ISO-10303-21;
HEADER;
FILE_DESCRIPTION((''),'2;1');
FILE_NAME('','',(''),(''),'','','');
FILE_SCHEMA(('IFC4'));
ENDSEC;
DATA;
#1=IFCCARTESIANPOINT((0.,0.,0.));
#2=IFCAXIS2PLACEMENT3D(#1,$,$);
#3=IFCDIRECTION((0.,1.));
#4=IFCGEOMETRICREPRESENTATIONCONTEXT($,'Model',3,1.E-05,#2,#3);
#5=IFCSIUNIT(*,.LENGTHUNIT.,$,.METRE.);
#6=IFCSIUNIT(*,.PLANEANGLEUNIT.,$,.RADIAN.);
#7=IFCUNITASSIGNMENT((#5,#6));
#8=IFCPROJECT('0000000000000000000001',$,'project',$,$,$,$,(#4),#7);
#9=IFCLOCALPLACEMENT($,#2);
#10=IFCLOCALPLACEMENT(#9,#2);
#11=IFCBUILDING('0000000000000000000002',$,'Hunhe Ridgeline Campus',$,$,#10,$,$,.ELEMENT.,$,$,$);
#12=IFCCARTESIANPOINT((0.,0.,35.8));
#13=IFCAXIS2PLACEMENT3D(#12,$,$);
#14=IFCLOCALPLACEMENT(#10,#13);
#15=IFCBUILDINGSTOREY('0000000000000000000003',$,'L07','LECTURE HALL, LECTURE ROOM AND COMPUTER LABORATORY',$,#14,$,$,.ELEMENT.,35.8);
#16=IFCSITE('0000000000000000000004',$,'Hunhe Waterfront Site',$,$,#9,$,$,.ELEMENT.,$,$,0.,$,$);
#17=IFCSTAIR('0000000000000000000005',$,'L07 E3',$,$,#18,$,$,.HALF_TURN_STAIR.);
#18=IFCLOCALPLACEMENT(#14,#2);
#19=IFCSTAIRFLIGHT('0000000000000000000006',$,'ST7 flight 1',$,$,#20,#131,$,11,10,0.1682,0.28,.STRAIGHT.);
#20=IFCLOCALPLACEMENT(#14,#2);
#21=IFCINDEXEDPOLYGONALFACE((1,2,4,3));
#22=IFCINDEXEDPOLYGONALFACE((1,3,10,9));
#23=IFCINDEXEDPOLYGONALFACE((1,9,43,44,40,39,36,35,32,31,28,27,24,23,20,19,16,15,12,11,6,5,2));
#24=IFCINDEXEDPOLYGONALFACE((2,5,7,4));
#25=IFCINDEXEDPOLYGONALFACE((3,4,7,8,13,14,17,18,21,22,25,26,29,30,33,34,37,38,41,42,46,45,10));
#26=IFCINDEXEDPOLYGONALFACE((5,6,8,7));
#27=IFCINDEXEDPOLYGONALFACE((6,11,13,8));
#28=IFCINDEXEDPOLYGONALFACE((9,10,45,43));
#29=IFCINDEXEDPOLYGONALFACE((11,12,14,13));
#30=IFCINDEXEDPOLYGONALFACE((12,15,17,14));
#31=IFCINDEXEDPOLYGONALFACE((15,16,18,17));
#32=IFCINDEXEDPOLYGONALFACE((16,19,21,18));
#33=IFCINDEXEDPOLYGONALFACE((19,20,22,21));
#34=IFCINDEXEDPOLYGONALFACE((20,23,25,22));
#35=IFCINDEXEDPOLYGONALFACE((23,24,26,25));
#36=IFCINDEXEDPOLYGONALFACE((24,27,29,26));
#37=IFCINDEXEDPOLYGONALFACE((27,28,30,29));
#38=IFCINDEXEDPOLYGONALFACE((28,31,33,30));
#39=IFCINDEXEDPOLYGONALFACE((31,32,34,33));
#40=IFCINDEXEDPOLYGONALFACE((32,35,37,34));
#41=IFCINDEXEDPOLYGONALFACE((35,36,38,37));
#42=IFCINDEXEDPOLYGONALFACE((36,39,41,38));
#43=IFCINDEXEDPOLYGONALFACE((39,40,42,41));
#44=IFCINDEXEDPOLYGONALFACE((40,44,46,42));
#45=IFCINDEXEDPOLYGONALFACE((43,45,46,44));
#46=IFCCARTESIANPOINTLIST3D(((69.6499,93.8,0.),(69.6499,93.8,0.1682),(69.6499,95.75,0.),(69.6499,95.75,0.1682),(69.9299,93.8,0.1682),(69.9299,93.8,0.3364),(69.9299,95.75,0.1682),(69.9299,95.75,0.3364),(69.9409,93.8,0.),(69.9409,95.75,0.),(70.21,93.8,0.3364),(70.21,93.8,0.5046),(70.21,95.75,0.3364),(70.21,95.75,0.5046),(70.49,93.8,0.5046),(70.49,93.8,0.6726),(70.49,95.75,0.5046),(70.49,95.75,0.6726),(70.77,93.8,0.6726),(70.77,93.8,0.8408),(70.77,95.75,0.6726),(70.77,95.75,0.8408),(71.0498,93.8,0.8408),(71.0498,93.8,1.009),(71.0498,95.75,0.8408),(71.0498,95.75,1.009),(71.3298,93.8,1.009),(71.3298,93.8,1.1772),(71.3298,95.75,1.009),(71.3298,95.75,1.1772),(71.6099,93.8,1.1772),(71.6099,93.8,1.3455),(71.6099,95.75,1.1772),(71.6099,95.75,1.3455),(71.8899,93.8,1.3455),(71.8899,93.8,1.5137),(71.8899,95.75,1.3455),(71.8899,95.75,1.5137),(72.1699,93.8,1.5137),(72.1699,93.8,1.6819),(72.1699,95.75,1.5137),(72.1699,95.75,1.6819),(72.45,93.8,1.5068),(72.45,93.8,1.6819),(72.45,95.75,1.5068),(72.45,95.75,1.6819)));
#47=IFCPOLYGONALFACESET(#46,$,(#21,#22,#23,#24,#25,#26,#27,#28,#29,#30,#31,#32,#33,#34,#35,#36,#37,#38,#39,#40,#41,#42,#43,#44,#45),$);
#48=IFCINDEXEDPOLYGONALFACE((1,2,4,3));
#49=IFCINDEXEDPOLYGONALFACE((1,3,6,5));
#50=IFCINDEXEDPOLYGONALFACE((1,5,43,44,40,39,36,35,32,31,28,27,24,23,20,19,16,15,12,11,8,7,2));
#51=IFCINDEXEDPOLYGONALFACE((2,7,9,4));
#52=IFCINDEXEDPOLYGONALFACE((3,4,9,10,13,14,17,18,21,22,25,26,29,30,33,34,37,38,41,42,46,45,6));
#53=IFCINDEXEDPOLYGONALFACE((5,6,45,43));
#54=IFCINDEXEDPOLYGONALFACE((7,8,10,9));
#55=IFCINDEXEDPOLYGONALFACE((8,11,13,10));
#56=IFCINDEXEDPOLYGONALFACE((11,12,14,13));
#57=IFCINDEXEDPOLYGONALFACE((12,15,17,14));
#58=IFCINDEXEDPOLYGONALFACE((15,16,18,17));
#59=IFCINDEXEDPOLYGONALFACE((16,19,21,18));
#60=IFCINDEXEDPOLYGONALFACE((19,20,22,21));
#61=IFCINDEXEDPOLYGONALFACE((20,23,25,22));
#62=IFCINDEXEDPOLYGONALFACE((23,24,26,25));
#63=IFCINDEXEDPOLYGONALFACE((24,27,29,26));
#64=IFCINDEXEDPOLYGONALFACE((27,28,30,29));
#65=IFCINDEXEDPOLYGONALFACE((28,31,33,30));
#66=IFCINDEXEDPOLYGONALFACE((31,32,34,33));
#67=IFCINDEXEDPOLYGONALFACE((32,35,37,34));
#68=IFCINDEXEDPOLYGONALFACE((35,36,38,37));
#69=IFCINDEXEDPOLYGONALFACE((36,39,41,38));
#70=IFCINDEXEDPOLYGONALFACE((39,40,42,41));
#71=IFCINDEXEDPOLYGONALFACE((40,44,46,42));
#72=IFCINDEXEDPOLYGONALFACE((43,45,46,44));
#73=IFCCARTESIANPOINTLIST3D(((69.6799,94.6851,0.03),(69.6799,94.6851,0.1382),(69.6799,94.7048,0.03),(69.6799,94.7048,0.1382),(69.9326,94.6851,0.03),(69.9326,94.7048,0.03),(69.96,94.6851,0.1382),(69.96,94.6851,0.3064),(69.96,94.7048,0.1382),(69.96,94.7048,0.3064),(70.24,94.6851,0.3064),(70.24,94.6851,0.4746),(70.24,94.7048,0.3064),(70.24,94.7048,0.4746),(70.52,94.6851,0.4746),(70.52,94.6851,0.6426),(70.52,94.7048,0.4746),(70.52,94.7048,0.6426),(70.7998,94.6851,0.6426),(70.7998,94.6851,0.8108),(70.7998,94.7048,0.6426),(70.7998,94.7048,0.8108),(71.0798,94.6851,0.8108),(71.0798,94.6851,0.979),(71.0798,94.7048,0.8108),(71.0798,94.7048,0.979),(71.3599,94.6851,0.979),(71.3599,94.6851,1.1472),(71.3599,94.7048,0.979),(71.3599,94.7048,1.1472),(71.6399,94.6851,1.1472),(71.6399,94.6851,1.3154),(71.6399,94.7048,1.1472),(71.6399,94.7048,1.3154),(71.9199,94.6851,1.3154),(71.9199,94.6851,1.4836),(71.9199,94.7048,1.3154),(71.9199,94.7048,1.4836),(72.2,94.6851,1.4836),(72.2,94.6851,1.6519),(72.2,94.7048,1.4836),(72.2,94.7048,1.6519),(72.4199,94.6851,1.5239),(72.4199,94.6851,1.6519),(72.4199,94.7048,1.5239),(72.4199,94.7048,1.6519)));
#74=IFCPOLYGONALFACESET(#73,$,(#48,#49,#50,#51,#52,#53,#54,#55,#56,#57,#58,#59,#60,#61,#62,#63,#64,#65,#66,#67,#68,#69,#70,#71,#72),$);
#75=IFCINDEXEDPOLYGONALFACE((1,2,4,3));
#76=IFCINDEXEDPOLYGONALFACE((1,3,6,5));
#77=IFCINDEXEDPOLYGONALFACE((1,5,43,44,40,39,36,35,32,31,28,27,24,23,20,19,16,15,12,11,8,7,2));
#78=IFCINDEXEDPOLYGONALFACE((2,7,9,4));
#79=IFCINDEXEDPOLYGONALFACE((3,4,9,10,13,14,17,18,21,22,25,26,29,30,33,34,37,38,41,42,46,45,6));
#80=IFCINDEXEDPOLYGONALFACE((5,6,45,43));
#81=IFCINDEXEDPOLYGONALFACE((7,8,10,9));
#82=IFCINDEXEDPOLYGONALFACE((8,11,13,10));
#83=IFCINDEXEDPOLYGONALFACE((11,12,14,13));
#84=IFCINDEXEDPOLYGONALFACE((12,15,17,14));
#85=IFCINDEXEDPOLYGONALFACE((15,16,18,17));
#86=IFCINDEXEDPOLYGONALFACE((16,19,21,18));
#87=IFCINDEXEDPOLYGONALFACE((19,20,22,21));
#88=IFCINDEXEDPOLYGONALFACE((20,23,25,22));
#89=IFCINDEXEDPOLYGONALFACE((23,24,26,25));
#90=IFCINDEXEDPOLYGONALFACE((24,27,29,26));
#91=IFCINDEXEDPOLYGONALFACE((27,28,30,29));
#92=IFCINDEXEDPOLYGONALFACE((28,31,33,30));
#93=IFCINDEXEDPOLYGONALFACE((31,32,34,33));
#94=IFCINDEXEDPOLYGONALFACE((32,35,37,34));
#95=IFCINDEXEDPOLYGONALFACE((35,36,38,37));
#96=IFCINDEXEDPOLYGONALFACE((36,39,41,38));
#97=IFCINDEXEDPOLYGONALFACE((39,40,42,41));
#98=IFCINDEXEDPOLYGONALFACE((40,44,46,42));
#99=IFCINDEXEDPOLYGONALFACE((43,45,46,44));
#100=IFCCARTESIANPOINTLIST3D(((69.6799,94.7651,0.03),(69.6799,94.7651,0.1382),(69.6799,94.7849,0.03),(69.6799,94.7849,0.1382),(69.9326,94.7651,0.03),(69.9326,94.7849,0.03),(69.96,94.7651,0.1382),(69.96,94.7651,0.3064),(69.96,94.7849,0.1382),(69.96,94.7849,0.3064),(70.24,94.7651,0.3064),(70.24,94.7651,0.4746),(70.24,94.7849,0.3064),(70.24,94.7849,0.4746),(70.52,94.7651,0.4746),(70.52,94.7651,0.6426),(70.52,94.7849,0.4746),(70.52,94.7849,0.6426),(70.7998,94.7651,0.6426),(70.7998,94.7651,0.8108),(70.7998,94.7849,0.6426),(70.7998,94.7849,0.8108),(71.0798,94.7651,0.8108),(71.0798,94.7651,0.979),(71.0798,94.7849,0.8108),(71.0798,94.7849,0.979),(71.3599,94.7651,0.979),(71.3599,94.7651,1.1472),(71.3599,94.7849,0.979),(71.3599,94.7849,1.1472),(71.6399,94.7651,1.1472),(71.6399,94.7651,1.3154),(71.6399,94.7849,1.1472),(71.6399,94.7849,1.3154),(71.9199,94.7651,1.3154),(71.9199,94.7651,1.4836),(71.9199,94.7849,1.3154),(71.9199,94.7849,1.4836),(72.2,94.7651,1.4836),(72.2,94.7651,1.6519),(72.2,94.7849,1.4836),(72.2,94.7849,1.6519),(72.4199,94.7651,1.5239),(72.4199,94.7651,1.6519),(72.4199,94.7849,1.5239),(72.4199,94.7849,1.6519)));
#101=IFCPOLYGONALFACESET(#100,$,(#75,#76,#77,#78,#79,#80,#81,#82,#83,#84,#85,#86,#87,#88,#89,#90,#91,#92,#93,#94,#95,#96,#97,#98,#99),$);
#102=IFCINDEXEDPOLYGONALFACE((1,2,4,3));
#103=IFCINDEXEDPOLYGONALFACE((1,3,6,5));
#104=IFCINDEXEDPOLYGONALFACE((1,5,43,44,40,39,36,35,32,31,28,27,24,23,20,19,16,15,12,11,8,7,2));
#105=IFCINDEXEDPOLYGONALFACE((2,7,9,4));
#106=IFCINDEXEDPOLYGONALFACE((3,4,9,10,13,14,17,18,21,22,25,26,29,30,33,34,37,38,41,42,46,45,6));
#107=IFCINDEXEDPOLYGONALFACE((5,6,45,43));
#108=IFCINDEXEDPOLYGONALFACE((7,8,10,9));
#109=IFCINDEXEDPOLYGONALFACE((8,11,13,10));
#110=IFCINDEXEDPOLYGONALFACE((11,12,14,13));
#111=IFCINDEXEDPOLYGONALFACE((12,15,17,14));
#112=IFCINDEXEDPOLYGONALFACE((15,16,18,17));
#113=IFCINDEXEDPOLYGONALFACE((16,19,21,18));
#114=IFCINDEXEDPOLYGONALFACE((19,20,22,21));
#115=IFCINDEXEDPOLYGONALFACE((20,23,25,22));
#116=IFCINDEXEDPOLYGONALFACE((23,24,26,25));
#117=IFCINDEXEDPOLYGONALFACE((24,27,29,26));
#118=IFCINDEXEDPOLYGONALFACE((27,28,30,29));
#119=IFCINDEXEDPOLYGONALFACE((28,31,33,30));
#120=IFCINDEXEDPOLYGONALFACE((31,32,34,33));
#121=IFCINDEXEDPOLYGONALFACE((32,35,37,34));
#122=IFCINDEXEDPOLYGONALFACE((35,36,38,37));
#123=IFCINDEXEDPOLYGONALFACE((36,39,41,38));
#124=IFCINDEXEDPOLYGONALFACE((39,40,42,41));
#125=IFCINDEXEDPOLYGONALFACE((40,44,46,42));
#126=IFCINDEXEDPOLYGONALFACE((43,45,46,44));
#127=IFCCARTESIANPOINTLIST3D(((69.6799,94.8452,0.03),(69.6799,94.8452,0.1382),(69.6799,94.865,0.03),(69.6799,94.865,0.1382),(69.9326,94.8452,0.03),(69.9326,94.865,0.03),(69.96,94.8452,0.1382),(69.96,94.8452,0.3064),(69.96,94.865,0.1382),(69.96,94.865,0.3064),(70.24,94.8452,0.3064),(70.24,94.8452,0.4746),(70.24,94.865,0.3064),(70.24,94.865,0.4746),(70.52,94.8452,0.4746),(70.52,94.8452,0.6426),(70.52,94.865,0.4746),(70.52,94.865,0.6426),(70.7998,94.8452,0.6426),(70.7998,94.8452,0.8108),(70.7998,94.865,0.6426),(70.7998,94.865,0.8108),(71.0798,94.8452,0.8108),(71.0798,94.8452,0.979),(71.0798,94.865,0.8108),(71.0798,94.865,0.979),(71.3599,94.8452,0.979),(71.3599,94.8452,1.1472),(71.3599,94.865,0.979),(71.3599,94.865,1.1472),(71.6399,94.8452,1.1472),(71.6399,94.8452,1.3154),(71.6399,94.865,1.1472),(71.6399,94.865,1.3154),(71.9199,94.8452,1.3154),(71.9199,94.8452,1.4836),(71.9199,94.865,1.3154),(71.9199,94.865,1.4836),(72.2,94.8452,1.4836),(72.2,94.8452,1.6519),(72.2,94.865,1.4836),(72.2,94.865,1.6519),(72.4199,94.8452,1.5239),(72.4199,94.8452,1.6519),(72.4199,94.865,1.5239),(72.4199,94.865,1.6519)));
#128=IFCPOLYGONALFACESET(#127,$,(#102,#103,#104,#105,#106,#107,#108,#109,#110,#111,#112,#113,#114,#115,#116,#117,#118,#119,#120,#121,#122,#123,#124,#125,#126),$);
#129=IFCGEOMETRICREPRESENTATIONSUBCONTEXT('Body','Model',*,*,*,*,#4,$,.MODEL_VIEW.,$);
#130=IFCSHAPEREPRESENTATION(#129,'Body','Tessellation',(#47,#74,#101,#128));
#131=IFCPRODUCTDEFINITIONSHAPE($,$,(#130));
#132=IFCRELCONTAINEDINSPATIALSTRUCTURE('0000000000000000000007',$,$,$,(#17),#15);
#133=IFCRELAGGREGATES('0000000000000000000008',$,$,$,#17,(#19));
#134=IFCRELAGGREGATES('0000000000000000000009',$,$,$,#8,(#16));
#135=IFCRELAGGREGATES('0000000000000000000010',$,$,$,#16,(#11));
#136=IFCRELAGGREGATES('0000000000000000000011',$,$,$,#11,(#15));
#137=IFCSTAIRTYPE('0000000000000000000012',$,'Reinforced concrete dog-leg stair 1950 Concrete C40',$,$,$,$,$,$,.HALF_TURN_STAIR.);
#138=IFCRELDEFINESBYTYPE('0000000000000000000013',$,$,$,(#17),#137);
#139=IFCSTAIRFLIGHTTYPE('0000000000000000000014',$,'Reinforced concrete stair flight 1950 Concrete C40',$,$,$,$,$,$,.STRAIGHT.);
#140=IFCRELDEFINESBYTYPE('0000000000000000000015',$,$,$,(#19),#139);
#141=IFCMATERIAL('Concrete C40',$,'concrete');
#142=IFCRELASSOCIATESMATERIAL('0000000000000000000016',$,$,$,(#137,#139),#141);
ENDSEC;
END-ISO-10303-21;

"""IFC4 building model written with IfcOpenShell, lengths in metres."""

from ifc_helpers import new_model, si_unit, direction, frame, origin, place, context, subcontext, project, spatial, polyline, outline, extrude, material, type_object, element, aggregate, save


model = new_model("IFC4")

# Units and contexts
model_context = context("Model", 3, precision=1e-05, world=origin(), true_north=direction((0.0, 1.0)))
body_context = subcontext(model_context, "Body", "Model", "MODEL_VIEW")
ifc_project = project(units=[si_unit("LENGTHUNIT", "METRE"), si_unit("PLANEANGLEUNIT", "RADIAN")], contexts=[model_context])

# Site, building, storey
site_placement = place(None, origin())
site = spatial("IfcSite", under=ifc_project, at=site_placement, Name="Hunhe Waterfront Site", CompositionType="ELEMENT", RefElevation=0.0)
building_placement = place(site_placement, origin())
building = spatial("IfcBuilding", under=site, at=building_placement, Name="Hunhe Ridgeline Campus", CompositionType="ELEMENT")
storey_placement = place(building_placement, frame((0.0, 0.0, 35.8)))
storey = spatial("IfcBuildingStorey", under=building, at=storey_placement, Name="L07", Description="LECTURE HALL, LECTURE ROOM AND COMPUTER LABORATORY", CompositionType="ELEMENT", Elevation=35.8)

# Shared definitions
ifc_material_1 = material(Name="Concrete C40", Category="concrete")
stair_type = type_object("IfcStairType", Name="Reinforced concrete dog-leg stair 1950 Concrete C40", PredefinedType="HALF_TURN_STAIR", material=ifc_material_1)
stair_flight_type = type_object("IfcStairFlightType", Name="Reinforced concrete stair flight 1950 Concrete C40", PredefinedType="STRAIGHT", material=ifc_material_1)

# Stair, stair flight
stair_1_placement = place(storey_placement, origin())
stair_1 = element("IfcStair", 1, at=stair_1_placement, inside=storey, type_object=stair_type, Name="L07 E3", PredefinedType="HALF_TURN_STAIR")
stair_flight_1_placement = place(storey_placement, frame((69.6499, 94.7749, 0.0), z_axis=(0.0, 0.0, 1.0), x_axis=(1.0, 0.0, 0.0)))
stair_flight_1 = element("IfcStairFlight", 2, at=stair_flight_1_placement, type_object=stair_flight_type, Name="ST7 flight 1", NumberOfRisers=11, NumberOfTreads=10, PredefinedType="STRAIGHT", RiserHeight=0.1682, TreadLength=0.28, context=body_context, shape_type="SweptSolid", body=[
    extrude(outline(polyline([(0.0, 0.0), (0.0, 0.1682), (0.28, 0.1682), (0.28, 0.3364), (0.5601, 0.3364), (0.5601, 0.5046), (0.8401, 0.5046), (0.8401, 0.6726), (1.1201, 0.6726), (1.1201, 0.8408), (1.3999, 0.8408), (1.3999, 1.009), (1.6799, 1.009), (1.6799, 1.1772), (1.96, 1.1772), (1.96, 1.3455), (2.24, 1.3455), (2.24, 1.5137), (2.52, 1.5137), (2.52, 1.6819), (2.8, 1.6819), (2.8, 1.8501), (2.8, 1.5068), (0.291, 0.0), (0.0, 0.0)])), frame((0.0, 0.9751, 0.0), z_axis=(0.0, -1.0, 0.0), x_axis=(1.0, 0.0, 0.0)), (0.0, 0.0, 1.0), 1.95),
    extrude(outline(polyline([(0.03, 0.03), (0.03, 0.1382), (0.3101, 0.1382), (0.3101, 0.3064), (0.5901, 0.3064), (0.5901, 0.4746), (0.8701, 0.4746), (0.8701, 0.6426), (1.1499, 0.6426), (1.1499, 0.8108), (1.4299, 0.8108), (1.4299, 0.979), (1.71, 0.979), (1.71, 1.1472), (1.99, 1.1472), (1.99, 1.3154), (2.27, 1.3154), (2.27, 1.4836), (2.55, 1.4836), (2.55, 1.6519), (2.77, 1.6519), (2.77, 1.5239), (0.2827, 0.03), (0.03, 0.03)])), frame((0.0, -0.0701, 0.0), z_axis=(0.0, -1.0, 0.0), x_axis=(1.0, 0.0, 0.0)), (0.0, 0.0, 1.0), 0.0198),
    extrude(outline(polyline([(0.03, 0.03), (0.03, 0.1382), (0.3101, 0.1382), (0.3101, 0.3064), (0.5901, 0.3064), (0.5901, 0.4746), (0.8701, 0.4746), (0.8701, 0.6426), (1.1499, 0.6426), (1.1499, 0.8108), (1.4299, 0.8108), (1.4299, 0.979), (1.71, 0.979), (1.71, 1.1472), (1.99, 1.1472), (1.99, 1.3154), (2.27, 1.3154), (2.27, 1.4836), (2.55, 1.4836), (2.55, 1.6519), (2.77, 1.6519), (2.77, 1.5239), (0.2827, 0.03), (0.03, 0.03)])), frame((0.0, 0.01, 0.0), z_axis=(0.0, -1.0, 0.0), x_axis=(1.0, 0.0, 0.0)), (0.0, 0.0, 1.0), 0.0198),
    extrude(outline(polyline([(0.03, 0.03), (0.03, 0.1382), (0.3101, 0.1382), (0.3101, 0.3064), (0.5901, 0.3064), (0.5901, 0.4746), (0.8701, 0.4746), (0.8701, 0.6426), (1.1499, 0.6426), (1.1499, 0.8108), (1.4299, 0.8108), (1.4299, 0.979), (1.71, 0.979), (1.71, 1.1472), (1.99, 1.1472), (1.99, 1.3154), (2.27, 1.3154), (2.27, 1.4836), (2.55, 1.4836), (2.55, 1.6519), (2.77, 1.6519), (2.77, 1.5239), (0.2827, 0.03), (0.03, 0.03)])), frame((0.0, 0.0901, 0.0), z_axis=(0.0, -1.0, 0.0), x_axis=(1.0, 0.0, 0.0)), (0.0, 0.0, 1.0), 0.0198),
])
aggregate(stair_1, [stair_flight_1])

save(model, "model.ifc")
